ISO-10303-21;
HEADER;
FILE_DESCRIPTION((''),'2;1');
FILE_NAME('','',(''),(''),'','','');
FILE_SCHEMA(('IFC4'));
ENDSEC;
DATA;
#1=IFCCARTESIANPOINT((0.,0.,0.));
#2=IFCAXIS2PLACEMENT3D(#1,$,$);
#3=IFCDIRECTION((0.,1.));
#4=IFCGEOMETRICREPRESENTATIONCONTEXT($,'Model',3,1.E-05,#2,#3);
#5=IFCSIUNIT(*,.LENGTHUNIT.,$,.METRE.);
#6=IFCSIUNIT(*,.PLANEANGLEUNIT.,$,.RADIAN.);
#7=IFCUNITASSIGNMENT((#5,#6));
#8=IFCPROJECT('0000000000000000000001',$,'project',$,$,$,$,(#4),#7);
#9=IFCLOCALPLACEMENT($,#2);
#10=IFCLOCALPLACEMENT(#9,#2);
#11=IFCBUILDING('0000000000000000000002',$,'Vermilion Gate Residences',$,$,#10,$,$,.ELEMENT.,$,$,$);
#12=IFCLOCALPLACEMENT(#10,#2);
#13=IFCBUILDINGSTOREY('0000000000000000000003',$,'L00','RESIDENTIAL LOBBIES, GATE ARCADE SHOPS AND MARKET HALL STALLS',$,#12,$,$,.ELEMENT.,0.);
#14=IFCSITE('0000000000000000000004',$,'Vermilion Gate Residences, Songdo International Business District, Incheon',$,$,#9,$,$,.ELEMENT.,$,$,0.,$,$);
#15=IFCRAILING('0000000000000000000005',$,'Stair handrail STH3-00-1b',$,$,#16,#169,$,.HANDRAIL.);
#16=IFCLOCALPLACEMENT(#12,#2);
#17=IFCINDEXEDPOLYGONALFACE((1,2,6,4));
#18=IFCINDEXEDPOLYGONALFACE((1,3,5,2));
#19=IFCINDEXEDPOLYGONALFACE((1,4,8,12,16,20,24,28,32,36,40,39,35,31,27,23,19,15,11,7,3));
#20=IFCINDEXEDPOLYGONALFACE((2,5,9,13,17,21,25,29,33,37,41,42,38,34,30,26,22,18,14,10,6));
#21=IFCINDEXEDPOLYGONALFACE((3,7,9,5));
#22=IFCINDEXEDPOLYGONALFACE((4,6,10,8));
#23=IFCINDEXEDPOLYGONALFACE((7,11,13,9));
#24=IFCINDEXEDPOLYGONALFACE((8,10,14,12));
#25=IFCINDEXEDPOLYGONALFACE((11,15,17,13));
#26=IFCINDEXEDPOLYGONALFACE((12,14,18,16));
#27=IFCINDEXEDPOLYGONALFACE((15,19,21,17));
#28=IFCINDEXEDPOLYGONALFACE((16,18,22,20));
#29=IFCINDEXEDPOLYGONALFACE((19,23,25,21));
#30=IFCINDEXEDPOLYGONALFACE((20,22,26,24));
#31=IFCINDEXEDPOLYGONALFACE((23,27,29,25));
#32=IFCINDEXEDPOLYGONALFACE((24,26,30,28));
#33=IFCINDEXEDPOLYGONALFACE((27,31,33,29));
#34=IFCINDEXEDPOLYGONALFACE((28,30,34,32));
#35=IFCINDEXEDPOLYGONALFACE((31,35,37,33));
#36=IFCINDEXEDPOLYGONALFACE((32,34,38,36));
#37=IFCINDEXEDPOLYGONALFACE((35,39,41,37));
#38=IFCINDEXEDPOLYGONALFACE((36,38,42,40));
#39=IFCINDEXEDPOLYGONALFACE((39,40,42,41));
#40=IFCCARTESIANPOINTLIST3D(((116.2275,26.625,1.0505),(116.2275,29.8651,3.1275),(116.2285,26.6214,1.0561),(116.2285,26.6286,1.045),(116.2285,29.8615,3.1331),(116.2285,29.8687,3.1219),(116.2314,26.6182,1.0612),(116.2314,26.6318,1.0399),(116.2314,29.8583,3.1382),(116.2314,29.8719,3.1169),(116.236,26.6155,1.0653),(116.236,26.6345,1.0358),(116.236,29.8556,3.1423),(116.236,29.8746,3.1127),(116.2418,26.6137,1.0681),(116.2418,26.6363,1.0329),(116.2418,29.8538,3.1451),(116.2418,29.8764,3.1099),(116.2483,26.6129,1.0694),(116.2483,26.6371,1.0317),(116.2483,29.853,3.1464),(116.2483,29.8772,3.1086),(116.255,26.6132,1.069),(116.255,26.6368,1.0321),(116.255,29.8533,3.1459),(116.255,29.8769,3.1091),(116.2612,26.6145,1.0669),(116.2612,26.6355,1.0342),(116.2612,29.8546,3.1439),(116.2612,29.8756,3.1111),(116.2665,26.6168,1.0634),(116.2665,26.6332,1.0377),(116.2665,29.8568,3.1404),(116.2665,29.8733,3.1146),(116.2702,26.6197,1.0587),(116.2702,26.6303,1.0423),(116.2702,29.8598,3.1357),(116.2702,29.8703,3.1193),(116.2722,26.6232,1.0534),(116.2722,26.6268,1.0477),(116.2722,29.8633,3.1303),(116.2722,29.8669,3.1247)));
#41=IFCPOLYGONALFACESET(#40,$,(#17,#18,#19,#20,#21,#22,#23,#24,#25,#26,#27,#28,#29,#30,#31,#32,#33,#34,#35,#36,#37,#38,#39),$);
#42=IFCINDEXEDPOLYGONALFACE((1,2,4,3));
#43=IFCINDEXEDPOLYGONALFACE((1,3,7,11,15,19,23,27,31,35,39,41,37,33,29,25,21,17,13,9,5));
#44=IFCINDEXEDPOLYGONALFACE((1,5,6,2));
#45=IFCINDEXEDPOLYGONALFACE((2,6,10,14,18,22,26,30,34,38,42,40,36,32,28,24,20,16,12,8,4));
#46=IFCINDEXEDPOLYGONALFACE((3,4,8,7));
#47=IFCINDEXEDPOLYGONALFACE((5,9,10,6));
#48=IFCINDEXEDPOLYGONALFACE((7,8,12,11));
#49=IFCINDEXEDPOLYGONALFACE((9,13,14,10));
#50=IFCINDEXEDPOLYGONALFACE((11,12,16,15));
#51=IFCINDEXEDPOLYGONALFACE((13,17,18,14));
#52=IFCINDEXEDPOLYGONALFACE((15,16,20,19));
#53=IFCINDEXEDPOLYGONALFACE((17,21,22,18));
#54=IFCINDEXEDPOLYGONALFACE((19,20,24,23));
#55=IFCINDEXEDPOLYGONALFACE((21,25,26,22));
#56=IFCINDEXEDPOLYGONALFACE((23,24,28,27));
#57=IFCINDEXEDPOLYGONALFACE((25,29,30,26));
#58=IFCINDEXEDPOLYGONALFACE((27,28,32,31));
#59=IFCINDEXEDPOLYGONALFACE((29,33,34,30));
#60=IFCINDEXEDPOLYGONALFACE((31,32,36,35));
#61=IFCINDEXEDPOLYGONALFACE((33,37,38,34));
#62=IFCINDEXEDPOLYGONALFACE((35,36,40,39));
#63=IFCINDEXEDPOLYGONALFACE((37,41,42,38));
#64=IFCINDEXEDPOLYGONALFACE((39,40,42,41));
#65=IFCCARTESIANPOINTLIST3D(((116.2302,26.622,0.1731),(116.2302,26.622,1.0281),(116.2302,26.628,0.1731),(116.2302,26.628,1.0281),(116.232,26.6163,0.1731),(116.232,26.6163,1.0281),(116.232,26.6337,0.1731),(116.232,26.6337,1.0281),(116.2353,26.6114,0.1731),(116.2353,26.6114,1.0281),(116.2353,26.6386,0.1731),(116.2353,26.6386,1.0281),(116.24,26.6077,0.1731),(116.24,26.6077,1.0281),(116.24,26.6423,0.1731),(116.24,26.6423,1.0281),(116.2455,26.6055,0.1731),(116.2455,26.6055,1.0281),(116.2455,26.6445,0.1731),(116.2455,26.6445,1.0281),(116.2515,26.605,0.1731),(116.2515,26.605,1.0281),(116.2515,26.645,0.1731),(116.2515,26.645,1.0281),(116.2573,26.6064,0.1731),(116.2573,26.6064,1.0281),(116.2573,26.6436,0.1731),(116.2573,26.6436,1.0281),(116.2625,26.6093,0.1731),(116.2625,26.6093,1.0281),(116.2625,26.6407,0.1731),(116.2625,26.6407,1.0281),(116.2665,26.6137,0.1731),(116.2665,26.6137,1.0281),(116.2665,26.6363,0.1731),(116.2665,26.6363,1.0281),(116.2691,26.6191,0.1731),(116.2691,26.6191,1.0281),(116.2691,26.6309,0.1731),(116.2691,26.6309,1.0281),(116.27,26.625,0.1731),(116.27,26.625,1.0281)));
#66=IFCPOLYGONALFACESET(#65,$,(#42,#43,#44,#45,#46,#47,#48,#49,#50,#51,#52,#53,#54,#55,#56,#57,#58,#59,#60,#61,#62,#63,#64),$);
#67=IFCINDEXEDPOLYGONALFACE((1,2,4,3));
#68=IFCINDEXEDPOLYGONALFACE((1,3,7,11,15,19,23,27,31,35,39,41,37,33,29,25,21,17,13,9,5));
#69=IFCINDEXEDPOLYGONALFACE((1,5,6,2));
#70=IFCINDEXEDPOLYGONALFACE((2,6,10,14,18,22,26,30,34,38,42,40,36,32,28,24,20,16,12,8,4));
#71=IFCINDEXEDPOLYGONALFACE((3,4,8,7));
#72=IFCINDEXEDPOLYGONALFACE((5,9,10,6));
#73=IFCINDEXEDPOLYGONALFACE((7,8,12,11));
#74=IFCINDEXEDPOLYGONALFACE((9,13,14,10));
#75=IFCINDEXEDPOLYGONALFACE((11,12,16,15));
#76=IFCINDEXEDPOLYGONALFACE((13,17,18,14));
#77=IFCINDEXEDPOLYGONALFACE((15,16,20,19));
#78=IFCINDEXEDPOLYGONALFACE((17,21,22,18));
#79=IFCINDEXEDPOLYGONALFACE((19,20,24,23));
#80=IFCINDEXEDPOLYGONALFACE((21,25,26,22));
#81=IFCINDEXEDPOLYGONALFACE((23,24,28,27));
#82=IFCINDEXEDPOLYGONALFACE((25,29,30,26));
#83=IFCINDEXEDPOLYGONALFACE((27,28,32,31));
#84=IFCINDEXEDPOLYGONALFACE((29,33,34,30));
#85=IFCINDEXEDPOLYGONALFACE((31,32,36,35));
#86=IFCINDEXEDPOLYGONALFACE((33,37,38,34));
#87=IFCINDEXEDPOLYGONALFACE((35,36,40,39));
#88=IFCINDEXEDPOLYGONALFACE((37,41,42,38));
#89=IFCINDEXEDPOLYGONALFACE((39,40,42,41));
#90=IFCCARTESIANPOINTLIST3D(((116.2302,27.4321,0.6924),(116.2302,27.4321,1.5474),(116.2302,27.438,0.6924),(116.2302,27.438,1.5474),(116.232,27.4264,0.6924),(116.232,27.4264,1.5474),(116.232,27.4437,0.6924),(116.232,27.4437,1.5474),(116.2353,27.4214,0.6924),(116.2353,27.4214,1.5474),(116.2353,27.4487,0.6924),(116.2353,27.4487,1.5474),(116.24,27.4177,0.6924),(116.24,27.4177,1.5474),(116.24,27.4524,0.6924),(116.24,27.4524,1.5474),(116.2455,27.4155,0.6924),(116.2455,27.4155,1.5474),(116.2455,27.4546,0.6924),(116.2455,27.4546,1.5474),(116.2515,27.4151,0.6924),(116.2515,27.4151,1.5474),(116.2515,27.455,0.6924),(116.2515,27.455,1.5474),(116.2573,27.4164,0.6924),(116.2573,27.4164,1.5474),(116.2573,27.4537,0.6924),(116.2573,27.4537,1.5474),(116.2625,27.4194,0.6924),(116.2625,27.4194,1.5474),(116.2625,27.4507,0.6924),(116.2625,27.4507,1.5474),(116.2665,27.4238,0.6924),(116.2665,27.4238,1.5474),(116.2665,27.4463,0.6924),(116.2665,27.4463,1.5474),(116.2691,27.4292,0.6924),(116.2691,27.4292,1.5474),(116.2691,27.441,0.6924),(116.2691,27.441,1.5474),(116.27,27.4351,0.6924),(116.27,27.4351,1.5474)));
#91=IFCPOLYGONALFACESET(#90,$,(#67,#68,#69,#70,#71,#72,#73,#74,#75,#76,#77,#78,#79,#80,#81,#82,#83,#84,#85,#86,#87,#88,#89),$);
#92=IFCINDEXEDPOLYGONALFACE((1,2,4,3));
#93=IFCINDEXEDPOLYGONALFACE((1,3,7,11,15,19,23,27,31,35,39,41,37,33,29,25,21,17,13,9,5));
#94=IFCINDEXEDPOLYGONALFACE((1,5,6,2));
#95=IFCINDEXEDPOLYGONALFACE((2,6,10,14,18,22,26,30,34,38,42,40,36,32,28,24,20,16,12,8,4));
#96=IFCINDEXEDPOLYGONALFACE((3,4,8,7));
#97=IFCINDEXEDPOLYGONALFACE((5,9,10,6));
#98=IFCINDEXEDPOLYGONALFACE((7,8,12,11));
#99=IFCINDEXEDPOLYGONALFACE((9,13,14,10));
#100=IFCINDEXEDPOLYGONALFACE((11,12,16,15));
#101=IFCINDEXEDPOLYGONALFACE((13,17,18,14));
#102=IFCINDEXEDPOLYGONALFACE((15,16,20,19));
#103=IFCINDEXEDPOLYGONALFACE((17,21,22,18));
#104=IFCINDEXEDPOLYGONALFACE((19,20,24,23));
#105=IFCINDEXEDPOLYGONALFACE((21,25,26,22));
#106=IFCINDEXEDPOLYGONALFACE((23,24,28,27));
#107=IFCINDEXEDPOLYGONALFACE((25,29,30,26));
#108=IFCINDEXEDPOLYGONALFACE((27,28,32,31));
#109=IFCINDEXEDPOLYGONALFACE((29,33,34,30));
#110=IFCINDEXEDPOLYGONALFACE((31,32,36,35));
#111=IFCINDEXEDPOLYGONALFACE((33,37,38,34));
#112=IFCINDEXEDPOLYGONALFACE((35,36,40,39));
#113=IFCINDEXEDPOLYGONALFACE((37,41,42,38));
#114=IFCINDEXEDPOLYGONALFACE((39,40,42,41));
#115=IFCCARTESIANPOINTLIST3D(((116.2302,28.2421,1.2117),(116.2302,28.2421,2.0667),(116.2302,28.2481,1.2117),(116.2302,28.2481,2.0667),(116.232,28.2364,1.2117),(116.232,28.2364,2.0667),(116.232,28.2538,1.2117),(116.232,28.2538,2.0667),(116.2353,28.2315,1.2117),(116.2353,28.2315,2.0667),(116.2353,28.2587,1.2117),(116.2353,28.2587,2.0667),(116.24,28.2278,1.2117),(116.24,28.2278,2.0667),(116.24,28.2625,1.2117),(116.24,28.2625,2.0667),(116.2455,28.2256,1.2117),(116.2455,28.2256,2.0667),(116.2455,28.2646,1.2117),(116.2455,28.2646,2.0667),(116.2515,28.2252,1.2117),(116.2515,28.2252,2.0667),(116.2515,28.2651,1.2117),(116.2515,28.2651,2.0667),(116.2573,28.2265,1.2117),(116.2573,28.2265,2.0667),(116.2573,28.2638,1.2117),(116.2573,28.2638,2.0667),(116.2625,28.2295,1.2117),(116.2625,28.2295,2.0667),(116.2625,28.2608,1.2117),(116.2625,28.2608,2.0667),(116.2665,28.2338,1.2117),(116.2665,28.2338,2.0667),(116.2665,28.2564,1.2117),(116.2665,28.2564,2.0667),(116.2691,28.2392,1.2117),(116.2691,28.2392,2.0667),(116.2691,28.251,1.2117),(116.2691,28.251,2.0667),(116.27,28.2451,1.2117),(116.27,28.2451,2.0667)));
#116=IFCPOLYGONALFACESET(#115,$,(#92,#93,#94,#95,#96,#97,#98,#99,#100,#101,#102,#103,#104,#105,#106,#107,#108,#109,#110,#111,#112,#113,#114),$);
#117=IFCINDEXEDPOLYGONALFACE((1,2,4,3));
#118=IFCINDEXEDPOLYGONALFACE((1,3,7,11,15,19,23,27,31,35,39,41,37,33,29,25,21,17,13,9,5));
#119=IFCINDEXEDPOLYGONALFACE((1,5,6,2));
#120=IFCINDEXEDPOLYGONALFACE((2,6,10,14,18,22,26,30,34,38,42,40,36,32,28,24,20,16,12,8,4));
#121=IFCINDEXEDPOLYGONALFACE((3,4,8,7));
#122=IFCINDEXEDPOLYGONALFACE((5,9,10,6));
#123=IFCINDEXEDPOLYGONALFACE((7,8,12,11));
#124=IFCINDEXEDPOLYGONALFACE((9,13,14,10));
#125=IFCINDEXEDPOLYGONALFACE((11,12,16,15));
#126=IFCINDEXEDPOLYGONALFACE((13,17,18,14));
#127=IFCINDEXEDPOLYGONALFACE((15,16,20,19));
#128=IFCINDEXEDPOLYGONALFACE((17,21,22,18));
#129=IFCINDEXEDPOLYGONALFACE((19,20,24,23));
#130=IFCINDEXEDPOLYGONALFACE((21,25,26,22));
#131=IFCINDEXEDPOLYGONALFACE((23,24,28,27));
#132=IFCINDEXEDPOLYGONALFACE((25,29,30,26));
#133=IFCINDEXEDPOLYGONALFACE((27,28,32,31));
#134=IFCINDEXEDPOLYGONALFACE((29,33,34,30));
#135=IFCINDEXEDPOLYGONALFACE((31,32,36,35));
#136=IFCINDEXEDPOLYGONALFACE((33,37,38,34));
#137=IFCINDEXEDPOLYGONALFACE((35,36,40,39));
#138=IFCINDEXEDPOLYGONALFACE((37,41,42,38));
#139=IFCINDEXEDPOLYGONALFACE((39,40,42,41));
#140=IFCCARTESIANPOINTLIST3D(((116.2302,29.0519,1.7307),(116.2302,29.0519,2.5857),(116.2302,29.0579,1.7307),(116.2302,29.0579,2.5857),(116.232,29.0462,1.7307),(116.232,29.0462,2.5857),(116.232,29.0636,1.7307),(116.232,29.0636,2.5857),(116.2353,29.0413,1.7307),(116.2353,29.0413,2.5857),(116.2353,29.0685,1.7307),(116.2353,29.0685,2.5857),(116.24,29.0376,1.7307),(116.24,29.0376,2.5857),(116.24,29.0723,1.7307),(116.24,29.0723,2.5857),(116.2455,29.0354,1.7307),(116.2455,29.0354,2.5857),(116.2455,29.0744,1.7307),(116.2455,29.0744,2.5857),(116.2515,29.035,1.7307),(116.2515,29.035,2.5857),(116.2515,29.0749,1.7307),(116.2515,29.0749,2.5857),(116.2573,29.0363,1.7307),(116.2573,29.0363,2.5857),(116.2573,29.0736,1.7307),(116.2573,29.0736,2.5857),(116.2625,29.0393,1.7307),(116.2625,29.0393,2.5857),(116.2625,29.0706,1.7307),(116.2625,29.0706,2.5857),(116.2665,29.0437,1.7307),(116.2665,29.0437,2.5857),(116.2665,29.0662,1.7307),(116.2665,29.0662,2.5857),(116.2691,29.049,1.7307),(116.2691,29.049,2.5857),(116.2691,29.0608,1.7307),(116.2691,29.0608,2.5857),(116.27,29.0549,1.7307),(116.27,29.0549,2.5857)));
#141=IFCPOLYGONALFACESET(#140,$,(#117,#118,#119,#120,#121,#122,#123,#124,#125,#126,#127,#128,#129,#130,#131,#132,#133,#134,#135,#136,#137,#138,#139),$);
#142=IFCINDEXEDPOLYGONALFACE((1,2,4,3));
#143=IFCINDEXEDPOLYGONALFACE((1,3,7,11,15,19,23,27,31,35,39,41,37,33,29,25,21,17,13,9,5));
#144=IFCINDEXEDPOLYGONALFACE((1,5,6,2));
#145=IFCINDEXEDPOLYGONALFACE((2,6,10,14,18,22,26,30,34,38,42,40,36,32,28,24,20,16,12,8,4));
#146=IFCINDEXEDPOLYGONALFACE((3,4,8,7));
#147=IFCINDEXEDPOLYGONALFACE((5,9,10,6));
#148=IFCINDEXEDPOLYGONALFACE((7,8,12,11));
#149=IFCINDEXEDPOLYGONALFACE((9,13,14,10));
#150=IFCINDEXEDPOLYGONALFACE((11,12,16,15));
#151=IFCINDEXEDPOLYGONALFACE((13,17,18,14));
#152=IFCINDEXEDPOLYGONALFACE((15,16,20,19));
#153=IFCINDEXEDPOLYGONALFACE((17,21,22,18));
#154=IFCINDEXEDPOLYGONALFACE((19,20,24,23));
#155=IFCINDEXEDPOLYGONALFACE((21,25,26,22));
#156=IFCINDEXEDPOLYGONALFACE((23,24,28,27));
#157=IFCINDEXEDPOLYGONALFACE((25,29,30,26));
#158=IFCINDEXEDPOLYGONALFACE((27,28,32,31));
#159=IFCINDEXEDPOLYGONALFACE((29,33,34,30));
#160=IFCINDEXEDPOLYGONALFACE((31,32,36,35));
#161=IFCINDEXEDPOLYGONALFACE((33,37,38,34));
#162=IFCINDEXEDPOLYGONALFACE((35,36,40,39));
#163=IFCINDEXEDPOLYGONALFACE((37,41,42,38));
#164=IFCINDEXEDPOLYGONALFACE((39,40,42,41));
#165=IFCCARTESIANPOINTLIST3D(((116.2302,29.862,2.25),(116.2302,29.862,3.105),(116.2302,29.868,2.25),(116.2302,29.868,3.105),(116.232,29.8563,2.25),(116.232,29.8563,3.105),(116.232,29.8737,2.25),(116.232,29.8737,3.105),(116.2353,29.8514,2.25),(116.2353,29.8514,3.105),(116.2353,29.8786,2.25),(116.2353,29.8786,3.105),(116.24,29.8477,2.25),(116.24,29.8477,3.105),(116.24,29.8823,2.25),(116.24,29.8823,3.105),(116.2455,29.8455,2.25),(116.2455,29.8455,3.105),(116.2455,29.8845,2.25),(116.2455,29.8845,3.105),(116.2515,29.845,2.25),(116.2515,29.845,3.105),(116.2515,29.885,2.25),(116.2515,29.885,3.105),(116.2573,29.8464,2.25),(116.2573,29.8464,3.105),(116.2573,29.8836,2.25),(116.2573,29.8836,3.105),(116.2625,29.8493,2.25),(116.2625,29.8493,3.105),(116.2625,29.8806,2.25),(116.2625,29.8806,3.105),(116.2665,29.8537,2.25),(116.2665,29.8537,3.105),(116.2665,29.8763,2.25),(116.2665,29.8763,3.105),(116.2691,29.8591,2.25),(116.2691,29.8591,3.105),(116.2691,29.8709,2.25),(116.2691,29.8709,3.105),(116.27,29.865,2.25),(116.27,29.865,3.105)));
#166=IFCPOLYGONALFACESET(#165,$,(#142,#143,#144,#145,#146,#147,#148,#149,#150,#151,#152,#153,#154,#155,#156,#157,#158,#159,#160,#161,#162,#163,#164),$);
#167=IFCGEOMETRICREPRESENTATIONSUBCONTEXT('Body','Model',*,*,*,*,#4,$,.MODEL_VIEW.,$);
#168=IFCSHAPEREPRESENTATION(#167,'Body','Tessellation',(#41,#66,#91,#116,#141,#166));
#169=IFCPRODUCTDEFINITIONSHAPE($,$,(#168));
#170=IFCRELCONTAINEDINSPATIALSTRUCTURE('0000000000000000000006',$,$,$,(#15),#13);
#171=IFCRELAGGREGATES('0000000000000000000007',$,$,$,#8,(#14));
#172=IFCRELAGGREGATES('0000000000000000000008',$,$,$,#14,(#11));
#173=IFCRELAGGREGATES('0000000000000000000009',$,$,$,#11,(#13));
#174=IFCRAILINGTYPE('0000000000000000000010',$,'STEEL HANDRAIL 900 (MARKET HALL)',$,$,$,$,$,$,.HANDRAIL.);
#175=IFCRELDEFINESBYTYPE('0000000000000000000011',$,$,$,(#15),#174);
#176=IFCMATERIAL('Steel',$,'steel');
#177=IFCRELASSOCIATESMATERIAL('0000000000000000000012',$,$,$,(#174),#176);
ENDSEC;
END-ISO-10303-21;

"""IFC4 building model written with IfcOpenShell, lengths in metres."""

from ifc_helpers import new_model, si_unit, direction, frame, origin, origin_2d, place, context, subcontext, project, spatial, circle, extrude, material, type_object, element, save


model = new_model("IFC4")

# Units and contexts
model_context = context("Model", 3, precision=1e-05, world=origin(), true_north=direction((0.0, 1.0)))
body_context = subcontext(model_context, "Body", "Model", "MODEL_VIEW")
ifc_project = project(units=[si_unit("LENGTHUNIT", "METRE"), si_unit("PLANEANGLEUNIT", "RADIAN")], contexts=[model_context])

# Site, building, storey
site_placement = place(None, origin())
site = spatial("IfcSite", under=ifc_project, at=site_placement, Name="Vermilion Gate Residences, Songdo International Business District, Incheon", CompositionType="ELEMENT", RefElevation=0.0)
building_placement = place(site_placement, origin())
building = spatial("IfcBuilding", under=site, at=building_placement, Name="Vermilion Gate Residences", CompositionType="ELEMENT")
storey_placement = place(building_placement, origin())
storey = spatial("IfcBuildingStorey", under=building, at=storey_placement, Name="L00", Description="RESIDENTIAL LOBBIES, GATE ARCADE SHOPS AND MARKET HALL STALLS", CompositionType="ELEMENT", Elevation=0.0)

# Railing
ifc_material_1 = material(Name="Steel", Category="steel")
railing_type = type_object("IfcRailingType", Name="STEEL HANDRAIL 900 (MARKET HALL)", PredefinedType="HANDRAIL", material=ifc_material_1)
for number, where, name in (
    (1, (116.25, 26.625, 0.1731), "Stair handrail STH3-00-1b"),
):
    element("IfcRailing", number, at=place(storey_placement, frame(where)), inside=storey, type_object=railing_type, Name=name, PredefinedType="HANDRAIL", context=body_context, shape_type="SweptSolid", body=[
        extrude(circle(Radius=0.0225, at=origin_2d()), frame((0.0, 0.0, 0.8774), z_axis=(0.0, 0.841881, 0.539664), x_axis=(-1.0, 0.0, 0.0)), (0.0, 0.0, 1.0), 3.8486),
        extrude(circle(Radius=0.02, at=origin_2d()), origin(), (0.0, 0.0, 1.0), 0.855),
        extrude(circle(Radius=0.02, at=origin_2d()), frame((0.0, 0.8101, 0.5193)), (0.0, 0.0, 1.0), 0.855),
        extrude(circle(Radius=0.02, at=origin_2d()), frame((0.0, 1.6201, 1.0386)), (0.0, 0.0, 1.0), 0.855),
        extrude(circle(Radius=0.02, at=origin_2d()), frame((0.0, 2.4299, 1.5576)), (0.0, 0.0, 1.0), 0.855),
        extrude(circle(Radius=0.02, at=origin_2d()), frame((0.0, 3.24, 2.0769)), (0.0, 0.0, 1.0), 0.855),
    ])

save(model, "model.ifc")
